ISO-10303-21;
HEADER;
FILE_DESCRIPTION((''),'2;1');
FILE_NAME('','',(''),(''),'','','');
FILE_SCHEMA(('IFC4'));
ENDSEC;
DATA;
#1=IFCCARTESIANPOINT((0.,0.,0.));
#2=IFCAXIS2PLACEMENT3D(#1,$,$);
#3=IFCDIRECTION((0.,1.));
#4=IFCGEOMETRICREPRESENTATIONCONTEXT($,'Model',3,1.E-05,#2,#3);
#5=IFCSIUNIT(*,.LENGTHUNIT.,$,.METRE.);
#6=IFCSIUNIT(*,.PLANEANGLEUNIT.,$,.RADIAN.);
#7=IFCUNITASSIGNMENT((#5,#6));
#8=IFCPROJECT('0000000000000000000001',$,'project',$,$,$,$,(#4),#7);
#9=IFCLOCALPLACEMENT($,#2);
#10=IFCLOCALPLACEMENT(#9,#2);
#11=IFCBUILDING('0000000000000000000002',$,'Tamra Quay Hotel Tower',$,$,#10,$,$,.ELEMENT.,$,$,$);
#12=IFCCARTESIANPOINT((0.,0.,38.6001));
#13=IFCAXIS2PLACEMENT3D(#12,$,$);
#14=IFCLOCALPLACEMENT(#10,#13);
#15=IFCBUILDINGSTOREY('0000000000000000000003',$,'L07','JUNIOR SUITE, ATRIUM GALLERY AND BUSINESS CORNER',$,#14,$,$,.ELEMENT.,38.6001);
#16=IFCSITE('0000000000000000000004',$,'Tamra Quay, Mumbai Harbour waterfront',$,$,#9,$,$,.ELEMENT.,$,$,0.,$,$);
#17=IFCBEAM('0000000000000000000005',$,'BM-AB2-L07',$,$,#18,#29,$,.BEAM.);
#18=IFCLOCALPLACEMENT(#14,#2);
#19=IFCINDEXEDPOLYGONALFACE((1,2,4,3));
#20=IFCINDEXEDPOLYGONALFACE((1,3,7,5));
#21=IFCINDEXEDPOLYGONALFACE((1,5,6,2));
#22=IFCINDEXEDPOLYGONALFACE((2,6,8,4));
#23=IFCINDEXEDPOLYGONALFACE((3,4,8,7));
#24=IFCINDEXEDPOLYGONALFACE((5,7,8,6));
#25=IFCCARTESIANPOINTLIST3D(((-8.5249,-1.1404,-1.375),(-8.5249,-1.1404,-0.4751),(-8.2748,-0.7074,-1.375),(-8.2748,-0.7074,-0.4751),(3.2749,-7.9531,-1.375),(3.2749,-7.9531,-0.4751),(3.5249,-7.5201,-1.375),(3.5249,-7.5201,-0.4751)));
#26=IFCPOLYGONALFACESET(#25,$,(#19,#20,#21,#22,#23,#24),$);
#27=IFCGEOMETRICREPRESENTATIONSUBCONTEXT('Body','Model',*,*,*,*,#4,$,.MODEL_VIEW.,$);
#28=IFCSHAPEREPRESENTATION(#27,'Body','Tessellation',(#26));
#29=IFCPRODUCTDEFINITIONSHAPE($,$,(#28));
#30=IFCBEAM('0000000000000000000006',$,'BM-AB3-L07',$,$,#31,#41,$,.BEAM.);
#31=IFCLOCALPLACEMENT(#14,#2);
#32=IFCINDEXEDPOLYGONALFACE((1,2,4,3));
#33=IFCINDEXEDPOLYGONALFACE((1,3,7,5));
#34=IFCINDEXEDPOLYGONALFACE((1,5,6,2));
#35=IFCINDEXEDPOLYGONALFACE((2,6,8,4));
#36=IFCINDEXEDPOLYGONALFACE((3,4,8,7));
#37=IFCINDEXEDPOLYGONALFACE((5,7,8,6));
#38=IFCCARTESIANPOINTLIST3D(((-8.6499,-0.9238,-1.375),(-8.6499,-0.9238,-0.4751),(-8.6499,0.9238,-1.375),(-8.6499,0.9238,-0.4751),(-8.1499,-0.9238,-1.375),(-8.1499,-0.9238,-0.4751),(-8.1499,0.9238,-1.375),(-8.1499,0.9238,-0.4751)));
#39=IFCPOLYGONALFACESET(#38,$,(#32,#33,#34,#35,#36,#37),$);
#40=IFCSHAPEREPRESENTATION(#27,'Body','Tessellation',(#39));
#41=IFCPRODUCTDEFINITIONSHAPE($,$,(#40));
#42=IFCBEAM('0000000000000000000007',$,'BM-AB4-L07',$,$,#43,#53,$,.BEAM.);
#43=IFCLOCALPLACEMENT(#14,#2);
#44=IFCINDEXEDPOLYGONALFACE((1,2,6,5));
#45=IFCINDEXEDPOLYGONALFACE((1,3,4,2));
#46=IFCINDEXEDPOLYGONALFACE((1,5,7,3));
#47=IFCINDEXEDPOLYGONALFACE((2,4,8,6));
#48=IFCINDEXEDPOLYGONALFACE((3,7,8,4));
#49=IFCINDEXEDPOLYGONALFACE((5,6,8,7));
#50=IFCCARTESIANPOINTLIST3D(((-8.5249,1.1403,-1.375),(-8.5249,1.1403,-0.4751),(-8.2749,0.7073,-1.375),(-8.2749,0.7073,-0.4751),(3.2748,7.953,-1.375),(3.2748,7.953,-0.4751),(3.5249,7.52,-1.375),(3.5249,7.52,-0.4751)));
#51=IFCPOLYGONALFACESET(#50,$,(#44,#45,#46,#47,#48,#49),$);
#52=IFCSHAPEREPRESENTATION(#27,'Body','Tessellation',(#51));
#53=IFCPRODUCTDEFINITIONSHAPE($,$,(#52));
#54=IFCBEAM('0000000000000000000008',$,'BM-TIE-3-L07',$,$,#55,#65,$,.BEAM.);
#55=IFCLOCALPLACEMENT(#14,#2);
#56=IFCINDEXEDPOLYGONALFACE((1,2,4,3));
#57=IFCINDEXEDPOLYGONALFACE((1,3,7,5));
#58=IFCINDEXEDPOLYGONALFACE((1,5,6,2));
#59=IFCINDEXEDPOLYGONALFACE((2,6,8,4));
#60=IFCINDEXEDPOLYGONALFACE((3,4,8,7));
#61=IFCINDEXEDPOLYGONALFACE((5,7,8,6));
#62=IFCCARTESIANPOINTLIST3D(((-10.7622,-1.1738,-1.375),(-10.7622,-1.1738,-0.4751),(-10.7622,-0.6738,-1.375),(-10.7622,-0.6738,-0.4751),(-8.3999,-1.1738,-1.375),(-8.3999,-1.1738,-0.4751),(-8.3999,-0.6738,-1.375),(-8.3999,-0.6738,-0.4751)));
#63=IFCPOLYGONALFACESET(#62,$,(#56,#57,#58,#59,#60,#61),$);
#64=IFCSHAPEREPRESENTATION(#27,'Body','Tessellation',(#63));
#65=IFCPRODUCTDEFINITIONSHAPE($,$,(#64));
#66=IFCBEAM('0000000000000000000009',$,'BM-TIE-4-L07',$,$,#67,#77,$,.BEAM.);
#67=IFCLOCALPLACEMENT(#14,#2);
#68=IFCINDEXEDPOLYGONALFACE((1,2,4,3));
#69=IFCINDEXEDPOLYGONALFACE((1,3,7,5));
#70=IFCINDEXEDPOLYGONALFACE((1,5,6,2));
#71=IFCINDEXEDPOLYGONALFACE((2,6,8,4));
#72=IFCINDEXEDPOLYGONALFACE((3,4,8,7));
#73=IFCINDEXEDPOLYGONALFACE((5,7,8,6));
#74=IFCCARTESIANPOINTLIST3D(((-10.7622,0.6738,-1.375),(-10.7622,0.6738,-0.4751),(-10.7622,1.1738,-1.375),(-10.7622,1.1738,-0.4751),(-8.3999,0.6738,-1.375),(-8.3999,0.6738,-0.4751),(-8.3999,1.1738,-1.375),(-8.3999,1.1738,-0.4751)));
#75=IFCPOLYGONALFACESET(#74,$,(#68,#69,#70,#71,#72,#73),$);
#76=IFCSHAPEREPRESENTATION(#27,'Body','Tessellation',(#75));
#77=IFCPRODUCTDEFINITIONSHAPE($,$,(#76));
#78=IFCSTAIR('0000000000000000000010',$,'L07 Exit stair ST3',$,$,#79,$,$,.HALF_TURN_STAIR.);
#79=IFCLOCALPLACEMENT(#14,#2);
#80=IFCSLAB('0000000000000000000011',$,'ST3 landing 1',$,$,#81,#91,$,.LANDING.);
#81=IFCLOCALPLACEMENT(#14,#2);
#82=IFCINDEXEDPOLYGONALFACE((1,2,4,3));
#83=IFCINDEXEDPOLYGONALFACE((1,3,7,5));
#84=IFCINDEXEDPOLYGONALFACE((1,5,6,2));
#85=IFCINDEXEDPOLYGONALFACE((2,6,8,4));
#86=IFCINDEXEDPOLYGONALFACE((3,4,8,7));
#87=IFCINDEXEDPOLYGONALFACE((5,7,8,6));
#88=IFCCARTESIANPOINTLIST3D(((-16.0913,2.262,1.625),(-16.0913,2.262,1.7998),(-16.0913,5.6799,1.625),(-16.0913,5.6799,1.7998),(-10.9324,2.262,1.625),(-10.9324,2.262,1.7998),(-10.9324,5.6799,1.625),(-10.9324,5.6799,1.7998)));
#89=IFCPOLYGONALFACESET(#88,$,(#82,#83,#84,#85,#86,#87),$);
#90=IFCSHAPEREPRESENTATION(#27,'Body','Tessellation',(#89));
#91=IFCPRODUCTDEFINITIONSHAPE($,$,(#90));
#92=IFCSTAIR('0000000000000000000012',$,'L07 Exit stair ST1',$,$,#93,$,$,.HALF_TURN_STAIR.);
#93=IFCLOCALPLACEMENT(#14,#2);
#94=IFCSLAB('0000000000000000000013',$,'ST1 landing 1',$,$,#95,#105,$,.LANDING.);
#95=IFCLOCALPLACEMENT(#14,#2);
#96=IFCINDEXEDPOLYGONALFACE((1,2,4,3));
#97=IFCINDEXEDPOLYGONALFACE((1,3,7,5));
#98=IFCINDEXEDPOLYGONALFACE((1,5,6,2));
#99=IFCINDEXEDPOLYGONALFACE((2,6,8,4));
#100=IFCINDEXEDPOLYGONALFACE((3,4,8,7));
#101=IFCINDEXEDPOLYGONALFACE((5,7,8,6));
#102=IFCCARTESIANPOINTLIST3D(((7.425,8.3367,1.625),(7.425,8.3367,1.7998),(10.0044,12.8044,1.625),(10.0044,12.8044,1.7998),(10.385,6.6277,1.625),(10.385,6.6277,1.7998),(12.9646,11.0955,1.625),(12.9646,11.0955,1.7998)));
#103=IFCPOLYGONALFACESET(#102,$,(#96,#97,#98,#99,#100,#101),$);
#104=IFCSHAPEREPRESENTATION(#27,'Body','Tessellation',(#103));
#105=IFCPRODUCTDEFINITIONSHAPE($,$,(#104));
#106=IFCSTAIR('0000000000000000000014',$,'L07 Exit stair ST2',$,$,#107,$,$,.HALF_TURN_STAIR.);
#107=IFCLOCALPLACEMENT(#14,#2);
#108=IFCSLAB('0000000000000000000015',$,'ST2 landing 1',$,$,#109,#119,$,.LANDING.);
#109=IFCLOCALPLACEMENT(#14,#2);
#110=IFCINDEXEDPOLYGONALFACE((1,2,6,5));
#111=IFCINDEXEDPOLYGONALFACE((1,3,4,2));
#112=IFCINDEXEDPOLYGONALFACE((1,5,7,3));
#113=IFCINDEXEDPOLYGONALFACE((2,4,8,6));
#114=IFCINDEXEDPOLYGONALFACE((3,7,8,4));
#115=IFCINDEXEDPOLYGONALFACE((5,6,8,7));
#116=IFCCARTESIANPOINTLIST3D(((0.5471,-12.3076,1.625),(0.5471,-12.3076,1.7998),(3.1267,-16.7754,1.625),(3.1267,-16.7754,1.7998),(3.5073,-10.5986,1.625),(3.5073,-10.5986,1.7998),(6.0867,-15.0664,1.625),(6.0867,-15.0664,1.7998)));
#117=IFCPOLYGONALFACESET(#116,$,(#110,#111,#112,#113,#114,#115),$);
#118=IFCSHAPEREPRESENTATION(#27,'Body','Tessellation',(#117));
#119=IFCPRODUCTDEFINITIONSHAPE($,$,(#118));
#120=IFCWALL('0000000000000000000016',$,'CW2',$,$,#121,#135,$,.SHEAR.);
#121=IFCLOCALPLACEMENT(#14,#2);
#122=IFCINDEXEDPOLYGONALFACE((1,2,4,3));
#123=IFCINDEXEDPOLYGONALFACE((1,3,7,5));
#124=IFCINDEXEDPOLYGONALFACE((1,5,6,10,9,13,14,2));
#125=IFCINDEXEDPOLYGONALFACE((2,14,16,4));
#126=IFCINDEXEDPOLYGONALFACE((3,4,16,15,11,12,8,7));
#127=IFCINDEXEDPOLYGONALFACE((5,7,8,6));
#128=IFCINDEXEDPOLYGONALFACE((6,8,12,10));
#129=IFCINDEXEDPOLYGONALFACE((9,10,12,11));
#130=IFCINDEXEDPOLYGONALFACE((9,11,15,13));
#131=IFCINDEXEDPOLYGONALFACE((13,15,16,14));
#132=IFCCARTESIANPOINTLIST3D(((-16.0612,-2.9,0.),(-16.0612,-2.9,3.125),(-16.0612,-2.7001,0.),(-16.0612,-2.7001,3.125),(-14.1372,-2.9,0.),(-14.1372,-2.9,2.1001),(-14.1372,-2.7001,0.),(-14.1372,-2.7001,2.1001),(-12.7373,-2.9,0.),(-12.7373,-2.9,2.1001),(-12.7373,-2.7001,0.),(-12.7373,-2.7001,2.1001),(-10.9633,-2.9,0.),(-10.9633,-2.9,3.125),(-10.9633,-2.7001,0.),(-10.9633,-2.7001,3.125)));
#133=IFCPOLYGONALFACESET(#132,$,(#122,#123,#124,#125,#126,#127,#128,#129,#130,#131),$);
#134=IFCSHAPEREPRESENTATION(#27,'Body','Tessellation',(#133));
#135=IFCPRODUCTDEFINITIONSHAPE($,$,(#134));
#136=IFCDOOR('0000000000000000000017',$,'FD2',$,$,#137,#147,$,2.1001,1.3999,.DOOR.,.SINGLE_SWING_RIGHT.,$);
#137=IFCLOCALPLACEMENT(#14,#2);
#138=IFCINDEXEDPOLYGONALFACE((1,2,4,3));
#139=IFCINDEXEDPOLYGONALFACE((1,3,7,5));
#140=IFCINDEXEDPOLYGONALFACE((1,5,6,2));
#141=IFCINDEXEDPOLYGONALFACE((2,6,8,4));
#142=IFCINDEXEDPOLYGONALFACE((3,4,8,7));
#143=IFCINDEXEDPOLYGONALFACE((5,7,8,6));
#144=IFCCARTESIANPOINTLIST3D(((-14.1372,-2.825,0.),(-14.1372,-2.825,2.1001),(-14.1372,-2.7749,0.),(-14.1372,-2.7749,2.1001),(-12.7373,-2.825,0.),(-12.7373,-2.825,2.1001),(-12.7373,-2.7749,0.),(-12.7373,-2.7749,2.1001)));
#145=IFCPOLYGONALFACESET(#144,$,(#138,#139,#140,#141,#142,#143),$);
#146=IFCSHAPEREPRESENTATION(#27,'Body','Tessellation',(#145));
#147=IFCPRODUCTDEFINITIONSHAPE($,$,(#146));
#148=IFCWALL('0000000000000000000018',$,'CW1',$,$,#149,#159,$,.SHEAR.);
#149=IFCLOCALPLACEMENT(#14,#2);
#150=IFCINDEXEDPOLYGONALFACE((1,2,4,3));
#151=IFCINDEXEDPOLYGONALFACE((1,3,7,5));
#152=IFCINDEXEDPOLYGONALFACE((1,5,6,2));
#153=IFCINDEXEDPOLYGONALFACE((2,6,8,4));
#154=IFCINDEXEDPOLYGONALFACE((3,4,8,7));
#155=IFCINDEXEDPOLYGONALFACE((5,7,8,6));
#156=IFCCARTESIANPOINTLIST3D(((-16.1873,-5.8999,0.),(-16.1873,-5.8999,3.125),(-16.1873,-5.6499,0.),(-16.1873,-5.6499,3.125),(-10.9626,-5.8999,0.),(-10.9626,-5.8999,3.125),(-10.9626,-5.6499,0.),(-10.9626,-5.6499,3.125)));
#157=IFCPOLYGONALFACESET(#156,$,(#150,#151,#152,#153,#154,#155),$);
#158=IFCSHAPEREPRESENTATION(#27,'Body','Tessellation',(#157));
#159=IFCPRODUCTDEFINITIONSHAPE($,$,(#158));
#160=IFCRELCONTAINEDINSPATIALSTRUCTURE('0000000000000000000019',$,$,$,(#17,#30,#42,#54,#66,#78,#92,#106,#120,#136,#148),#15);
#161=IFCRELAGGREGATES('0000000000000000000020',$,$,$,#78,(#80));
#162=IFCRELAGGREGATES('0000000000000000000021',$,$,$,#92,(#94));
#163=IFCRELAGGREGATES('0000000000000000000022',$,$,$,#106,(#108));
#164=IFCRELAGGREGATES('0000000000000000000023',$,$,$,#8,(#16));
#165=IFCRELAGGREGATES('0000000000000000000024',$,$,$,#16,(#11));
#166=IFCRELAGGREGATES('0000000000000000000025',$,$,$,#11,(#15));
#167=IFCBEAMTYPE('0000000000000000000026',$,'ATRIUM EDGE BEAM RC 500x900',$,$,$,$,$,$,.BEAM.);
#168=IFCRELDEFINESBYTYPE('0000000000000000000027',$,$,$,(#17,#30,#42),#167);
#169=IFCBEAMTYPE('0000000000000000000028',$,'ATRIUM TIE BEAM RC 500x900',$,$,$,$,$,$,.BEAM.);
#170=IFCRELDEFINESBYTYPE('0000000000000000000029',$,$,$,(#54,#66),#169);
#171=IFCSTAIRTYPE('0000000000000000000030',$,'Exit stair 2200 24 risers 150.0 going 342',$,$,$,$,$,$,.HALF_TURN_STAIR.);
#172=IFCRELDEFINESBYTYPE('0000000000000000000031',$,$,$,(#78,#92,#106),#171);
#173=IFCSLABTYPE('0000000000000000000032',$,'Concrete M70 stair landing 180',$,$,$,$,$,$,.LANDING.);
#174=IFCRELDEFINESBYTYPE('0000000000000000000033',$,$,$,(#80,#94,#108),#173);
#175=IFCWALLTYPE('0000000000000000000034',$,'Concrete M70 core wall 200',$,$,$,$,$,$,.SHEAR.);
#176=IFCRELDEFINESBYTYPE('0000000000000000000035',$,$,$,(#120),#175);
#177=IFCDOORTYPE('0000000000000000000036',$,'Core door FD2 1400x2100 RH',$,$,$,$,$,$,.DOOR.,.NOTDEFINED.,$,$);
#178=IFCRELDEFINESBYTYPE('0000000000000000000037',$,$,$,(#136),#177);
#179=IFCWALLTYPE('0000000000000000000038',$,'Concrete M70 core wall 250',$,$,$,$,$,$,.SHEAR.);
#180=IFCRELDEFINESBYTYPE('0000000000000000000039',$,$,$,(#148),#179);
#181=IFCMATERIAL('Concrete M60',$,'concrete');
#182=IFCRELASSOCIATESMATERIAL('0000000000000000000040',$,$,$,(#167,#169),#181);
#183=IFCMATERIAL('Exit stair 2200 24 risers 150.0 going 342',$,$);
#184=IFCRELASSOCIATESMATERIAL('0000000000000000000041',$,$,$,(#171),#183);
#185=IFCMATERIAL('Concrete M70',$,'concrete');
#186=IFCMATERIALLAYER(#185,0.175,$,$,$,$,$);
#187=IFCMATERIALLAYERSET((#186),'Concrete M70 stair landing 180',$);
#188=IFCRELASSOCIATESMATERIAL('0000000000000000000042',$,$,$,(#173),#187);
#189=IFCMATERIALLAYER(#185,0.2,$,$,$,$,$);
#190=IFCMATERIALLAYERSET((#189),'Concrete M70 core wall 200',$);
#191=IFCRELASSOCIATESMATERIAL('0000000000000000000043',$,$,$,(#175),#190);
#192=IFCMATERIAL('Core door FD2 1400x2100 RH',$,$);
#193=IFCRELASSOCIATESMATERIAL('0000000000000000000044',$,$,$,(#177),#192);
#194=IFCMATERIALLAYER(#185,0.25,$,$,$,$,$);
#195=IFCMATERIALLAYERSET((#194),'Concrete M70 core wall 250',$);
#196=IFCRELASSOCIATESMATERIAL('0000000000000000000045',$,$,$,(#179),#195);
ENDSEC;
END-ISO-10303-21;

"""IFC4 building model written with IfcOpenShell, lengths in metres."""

from ifc_helpers import new_model, si_unit, direction, frame, frame_2d, origin, origin_2d, place, context, subcontext, project, spatial, polyline, rectangle, outline, extrude, material, layer, layer_set, material_profile, profile_set, type_object, element, fill, aggregate, save


model = new_model("IFC4")

# Units and contexts
model_context = context("Model", 3, precision=1e-05, world=origin(), true_north=direction((0.0, 1.0)))
body_context = subcontext(model_context, "Body", "Model", "MODEL_VIEW")
ifc_project = project(units=[si_unit("LENGTHUNIT", "METRE"), si_unit("PLANEANGLEUNIT", "RADIAN")], contexts=[model_context])

# Site, building, storey
site_placement = place(None, origin())
site = spatial("IfcSite", under=ifc_project, at=site_placement, Name="Tamra Quay, Mumbai Harbour waterfront", CompositionType="ELEMENT", RefElevation=0.0)
building_placement = place(site_placement, origin())
building = spatial("IfcBuilding", under=site, at=building_placement, Name="Tamra Quay Hotel Tower", CompositionType="ELEMENT")
storey_placement = place(building_placement, frame((0.0, 0.0, 38.6001)))
storey = spatial("IfcBuildingStorey", under=building, at=storey_placement, Name="L07", Description="JUNIOR SUITE, ATRIUM GALLERY AND BUSINESS CORNER", CompositionType="ELEMENT", Elevation=38.6001)

# Beams
ifc_material_1 = material(Name="Concrete M60", Category="concrete")
ifc_material_profile_1 = material_profile(ifc_material_1, rectangle(XDim=0.5, YDim=0.8999, at=origin_2d()), Name="ATRIUM EDGE BEAM RC 500x900")
ifc_profile_set_1 = profile_set([ifc_material_profile_1], Name="Concrete M60")
beam_type_1 = type_object("IfcBeamType", Name="ATRIUM EDGE BEAM RC 500x900", PredefinedType="BEAM", material=ifc_profile_set_1)
beam_1_placement = place(storey_placement, frame((3.3999, -7.7366, -0.925), z_axis=(-0.866021, 0.500007, 0.0), x_axis=(-0.500007, -0.866021, 0.0)))
element("IfcBeam", 1, at=beam_1_placement, inside=storey, type_object=beam_type_1, Name="BM-AB2-L07", PredefinedType="BEAM", context=body_context, shape_type="SweptSolid", body=[
    extrude(rectangle(XDim=0.5, YDim=0.8999, at=origin_2d()), origin(), (0.0, 0.0, 1.0), 13.6252),
])
beam_2_placement = place(storey_placement, frame((-8.3999, -0.9238, -0.925), z_axis=(0.0, 1.0, 0.0), x_axis=(-1.0, 0.0, 0.0)))
element("IfcBeam", 2, at=beam_2_placement, inside=storey, type_object=beam_type_1, Name="BM-AB3-L07", PredefinedType="BEAM", context=body_context, shape_type="SweptSolid", body=[
    extrude(rectangle(XDim=0.5, YDim=0.8999, at=origin_2d()), origin(), (0.0, 0.0, 1.0), 1.8477),
])
beam_3_placement = place(storey_placement, frame((-8.3999, 0.9238, -0.925), z_axis=(0.866021, 0.500007, 0.0), x_axis=(-0.500007, 0.866021, 0.0)))
element("IfcBeam", 3, at=beam_3_placement, inside=storey, type_object=beam_type_1, Name="BM-AB4-L07", PredefinedType="BEAM", context=body_context, shape_type="SweptSolid", body=[
    extrude(rectangle(XDim=0.5, YDim=0.8999, at=origin_2d()), origin(), (0.0, 0.0, 1.0), 13.6252),
])
ifc_material_profile_2 = material_profile(ifc_material_1, rectangle(XDim=0.5, YDim=0.8999, at=origin_2d()), Name="ATRIUM TIE BEAM RC 500x900")
ifc_profile_set_2 = profile_set([ifc_material_profile_2], Name="Concrete M60")
beam_type_2 = type_object("IfcBeamType", Name="ATRIUM TIE BEAM RC 500x900", PredefinedType="BEAM", material=ifc_profile_set_2)
for number, where, z_axis, x_axis, name in (
    (4, (-8.3999, -0.9238, -0.925), (-1.0, 0.0, 0.0), (0.0, -1.0, 0.0), "BM-TIE-3-L07"),
    (5, (-8.3999, 0.9238, -0.925), (-1.0, 0.0, 0.0), (0.0, -1.0, 0.0), "BM-TIE-4-L07"),
):
    element("IfcBeam", number, at=place(storey_placement, frame(where, z_axis=z_axis, x_axis=x_axis)), inside=storey, type_object=beam_type_2, Name=name, PredefinedType="BEAM", context=body_context, shape_type="SweptSolid", body=[
        extrude(rectangle(XDim=0.5, YDim=0.8999, at=origin_2d()), origin(), (0.0, 0.0, 1.0), 2.3623),
    ])

# Stairs, slabs
ifc_material_2 = material(Name="Exit stair 2200 24 risers 150.0 going 342")
stair_type = type_object("IfcStairType", Name="Exit stair 2200 24 risers 150.0 going 342", PredefinedType="HALF_TURN_STAIR", material=ifc_material_2)
stair_1_placement = place(storey_placement, origin())
stair_1 = element("IfcStair", 6, at=stair_1_placement, inside=storey, type_object=stair_type, Name="L07 Exit stair ST3", PredefinedType="HALF_TURN_STAIR")
ifc_material_3 = material(Name="Concrete M70", Category="concrete")
ifc_layer_1 = layer(ifc_material_3, 0.175)
ifc_layer_set_1 = layer_set([ifc_layer_1], Name="Concrete M70 stair landing 180")
slab_type_1 = type_object("IfcSlabType", Name="Concrete M70 stair landing 180", PredefinedType="LANDING", material=ifc_layer_set_1)
slab_1_placement = place(storey_placement, frame((0.0, 0.0, 1.625)))
slab_1 = element("IfcSlab", 7, at=slab_1_placement, type_object=slab_type_1, Name="ST3 landing 1", PredefinedType="LANDING", context=body_context, shape_type="SweptSolid", body=[
    extrude(outline(polyline([(-10.9324, 2.262), (-10.9324, 5.6799), (-16.0913, 5.6799), (-16.0913, 2.262), (-10.9324, 2.262)])), origin(), (0.0, 0.0, 1.0), 0.1748),
])
aggregate(stair_1, [slab_1])
stair_2_placement = place(storey_placement, origin())
stair_2 = element("IfcStair", 8, at=stair_2_placement, inside=storey, type_object=stair_type, Name="L07 Exit stair ST1", PredefinedType="HALF_TURN_STAIR")
slab_2_placement = place(storey_placement, frame((0.0, 0.0, 1.625)))
slab_2 = element("IfcSlab", 9, at=slab_2_placement, type_object=slab_type_1, Name="ST1 landing 1", PredefinedType="LANDING", context=body_context, shape_type="SweptSolid", body=[
    extrude(outline(polyline([(7.425, 8.3367), (10.385, 6.6277), (12.9646, 11.0955), (10.0044, 12.8044), (7.425, 8.3367)])), origin(), (0.0, 0.0, 1.0), 0.1748),
])
aggregate(stair_2, [slab_2])
stair_3_placement = place(storey_placement, origin())
stair_3 = element("IfcStair", 10, at=stair_3_placement, inside=storey, type_object=stair_type, Name="L07 Exit stair ST2", PredefinedType="HALF_TURN_STAIR")
slab_3_placement = place(storey_placement, frame((0.0, 0.0, 1.625)))
slab_3 = element("IfcSlab", 11, at=slab_3_placement, type_object=slab_type_1, Name="ST2 landing 1", PredefinedType="LANDING", context=body_context, shape_type="SweptSolid", body=[
    extrude(outline(polyline([(3.5073, -10.5986), (0.5471, -12.3076), (3.1267, -16.7754), (6.0867, -15.0664), (3.5073, -10.5986)])), origin(), (0.0, 0.0, 1.0), 0.1748),
])
aggregate(stair_3, [slab_3])

# Wall, opening, door
ifc_layer_2 = layer(ifc_material_3, 0.2)
ifc_layer_set_2 = layer_set([ifc_layer_2], Name="Concrete M70 core wall 200")
wall_type_1 = type_object("IfcWallType", Name="Concrete M70 core wall 200", PredefinedType="SHEAR", material=ifc_layer_set_2)
wall_1_placement = place(storey_placement, frame((-10.9634, -2.8, 0.0), z_axis=(0.0, 0.0, 1.0), x_axis=(-1.0, 0.0, 0.0)))
wall_1 = element("IfcWall", 12, at=wall_1_placement, inside=storey, type_object=wall_type_1, Name="CW2", PredefinedType="SHEAR", context=body_context, shape_type="SweptSolid", body=[
    extrude(rectangle(XDim=5.0979, YDim=0.2, at=frame_2d((2.5488, 0.0))), origin(), (0.0, 0.0, 1.0), 3.125),
])
opening_1_placement = place(wall_1_placement, frame((1.7739, 0.0, 0.0)))
opening_1 = element("IfcOpeningElement", 13, at=opening_1_placement, cuts=wall_1, PredefinedType="OPENING", context=body_context, shape_type="SweptSolid", body=[
    extrude(rectangle(XDim=1.3999, YDim=2.1001, at=frame_2d((0.7, 1.05))), frame((0.0, 0.1099, 0.0), z_axis=(0.0, -1.0, 0.0), x_axis=(1.0, 0.0, 0.0)), (0.0, 0.0, 1.0), 0.22),
])
ifc_material_4 = material(Name="Core door FD2 1400x2100 RH")
door_type_1 = type_object("IfcDoorType", Name="Core door FD2 1400x2100 RH", OperationType="NOTDEFINED", PredefinedType="DOOR", material=ifc_material_4)
door_1_placement = place(opening_1_placement, origin())
door_1 = element("IfcDoor", 14, at=door_1_placement, inside=storey, type_object=door_type_1, Name="FD2", OperationType="SINGLE_SWING_RIGHT", OverallHeight=2.1001, OverallWidth=1.3999, PredefinedType="DOOR", context=body_context, shape_type="SweptSolid", body=[
    extrude(rectangle(XDim=1.3999, YDim=2.1001, at=frame_2d((0.7, 1.05))), frame((0.0, 0.0249, 0.0), z_axis=(0.0, -1.0, 0.0), x_axis=(1.0, 0.0, 0.0)), (0.0, 0.0, 1.0), 0.05),
])
fill(opening_1, door_1)

# Wall
ifc_layer_3 = layer(ifc_material_3, 0.25)
ifc_layer_set_3 = layer_set([ifc_layer_3], Name="Concrete M70 core wall 250")
wall_type_2 = type_object("IfcWallType", Name="Concrete M70 core wall 250", PredefinedType="SHEAR", material=ifc_layer_set_3)
wall_2_placement = place(storey_placement, frame((-10.9626, -5.7749, 0.0), z_axis=(0.0, 0.0, 1.0), x_axis=(-1.0, 0.0, 0.0)))
element("IfcWall", 15, at=wall_2_placement, inside=storey, type_object=wall_type_2, Name="CW1", PredefinedType="SHEAR", context=body_context, shape_type="SweptSolid", body=[
    extrude(rectangle(XDim=5.2246, YDim=0.25, at=frame_2d((2.6123, 0.0))), origin(), (0.0, 0.0, 1.0), 3.125),
])

save(model, "model.ifc")
